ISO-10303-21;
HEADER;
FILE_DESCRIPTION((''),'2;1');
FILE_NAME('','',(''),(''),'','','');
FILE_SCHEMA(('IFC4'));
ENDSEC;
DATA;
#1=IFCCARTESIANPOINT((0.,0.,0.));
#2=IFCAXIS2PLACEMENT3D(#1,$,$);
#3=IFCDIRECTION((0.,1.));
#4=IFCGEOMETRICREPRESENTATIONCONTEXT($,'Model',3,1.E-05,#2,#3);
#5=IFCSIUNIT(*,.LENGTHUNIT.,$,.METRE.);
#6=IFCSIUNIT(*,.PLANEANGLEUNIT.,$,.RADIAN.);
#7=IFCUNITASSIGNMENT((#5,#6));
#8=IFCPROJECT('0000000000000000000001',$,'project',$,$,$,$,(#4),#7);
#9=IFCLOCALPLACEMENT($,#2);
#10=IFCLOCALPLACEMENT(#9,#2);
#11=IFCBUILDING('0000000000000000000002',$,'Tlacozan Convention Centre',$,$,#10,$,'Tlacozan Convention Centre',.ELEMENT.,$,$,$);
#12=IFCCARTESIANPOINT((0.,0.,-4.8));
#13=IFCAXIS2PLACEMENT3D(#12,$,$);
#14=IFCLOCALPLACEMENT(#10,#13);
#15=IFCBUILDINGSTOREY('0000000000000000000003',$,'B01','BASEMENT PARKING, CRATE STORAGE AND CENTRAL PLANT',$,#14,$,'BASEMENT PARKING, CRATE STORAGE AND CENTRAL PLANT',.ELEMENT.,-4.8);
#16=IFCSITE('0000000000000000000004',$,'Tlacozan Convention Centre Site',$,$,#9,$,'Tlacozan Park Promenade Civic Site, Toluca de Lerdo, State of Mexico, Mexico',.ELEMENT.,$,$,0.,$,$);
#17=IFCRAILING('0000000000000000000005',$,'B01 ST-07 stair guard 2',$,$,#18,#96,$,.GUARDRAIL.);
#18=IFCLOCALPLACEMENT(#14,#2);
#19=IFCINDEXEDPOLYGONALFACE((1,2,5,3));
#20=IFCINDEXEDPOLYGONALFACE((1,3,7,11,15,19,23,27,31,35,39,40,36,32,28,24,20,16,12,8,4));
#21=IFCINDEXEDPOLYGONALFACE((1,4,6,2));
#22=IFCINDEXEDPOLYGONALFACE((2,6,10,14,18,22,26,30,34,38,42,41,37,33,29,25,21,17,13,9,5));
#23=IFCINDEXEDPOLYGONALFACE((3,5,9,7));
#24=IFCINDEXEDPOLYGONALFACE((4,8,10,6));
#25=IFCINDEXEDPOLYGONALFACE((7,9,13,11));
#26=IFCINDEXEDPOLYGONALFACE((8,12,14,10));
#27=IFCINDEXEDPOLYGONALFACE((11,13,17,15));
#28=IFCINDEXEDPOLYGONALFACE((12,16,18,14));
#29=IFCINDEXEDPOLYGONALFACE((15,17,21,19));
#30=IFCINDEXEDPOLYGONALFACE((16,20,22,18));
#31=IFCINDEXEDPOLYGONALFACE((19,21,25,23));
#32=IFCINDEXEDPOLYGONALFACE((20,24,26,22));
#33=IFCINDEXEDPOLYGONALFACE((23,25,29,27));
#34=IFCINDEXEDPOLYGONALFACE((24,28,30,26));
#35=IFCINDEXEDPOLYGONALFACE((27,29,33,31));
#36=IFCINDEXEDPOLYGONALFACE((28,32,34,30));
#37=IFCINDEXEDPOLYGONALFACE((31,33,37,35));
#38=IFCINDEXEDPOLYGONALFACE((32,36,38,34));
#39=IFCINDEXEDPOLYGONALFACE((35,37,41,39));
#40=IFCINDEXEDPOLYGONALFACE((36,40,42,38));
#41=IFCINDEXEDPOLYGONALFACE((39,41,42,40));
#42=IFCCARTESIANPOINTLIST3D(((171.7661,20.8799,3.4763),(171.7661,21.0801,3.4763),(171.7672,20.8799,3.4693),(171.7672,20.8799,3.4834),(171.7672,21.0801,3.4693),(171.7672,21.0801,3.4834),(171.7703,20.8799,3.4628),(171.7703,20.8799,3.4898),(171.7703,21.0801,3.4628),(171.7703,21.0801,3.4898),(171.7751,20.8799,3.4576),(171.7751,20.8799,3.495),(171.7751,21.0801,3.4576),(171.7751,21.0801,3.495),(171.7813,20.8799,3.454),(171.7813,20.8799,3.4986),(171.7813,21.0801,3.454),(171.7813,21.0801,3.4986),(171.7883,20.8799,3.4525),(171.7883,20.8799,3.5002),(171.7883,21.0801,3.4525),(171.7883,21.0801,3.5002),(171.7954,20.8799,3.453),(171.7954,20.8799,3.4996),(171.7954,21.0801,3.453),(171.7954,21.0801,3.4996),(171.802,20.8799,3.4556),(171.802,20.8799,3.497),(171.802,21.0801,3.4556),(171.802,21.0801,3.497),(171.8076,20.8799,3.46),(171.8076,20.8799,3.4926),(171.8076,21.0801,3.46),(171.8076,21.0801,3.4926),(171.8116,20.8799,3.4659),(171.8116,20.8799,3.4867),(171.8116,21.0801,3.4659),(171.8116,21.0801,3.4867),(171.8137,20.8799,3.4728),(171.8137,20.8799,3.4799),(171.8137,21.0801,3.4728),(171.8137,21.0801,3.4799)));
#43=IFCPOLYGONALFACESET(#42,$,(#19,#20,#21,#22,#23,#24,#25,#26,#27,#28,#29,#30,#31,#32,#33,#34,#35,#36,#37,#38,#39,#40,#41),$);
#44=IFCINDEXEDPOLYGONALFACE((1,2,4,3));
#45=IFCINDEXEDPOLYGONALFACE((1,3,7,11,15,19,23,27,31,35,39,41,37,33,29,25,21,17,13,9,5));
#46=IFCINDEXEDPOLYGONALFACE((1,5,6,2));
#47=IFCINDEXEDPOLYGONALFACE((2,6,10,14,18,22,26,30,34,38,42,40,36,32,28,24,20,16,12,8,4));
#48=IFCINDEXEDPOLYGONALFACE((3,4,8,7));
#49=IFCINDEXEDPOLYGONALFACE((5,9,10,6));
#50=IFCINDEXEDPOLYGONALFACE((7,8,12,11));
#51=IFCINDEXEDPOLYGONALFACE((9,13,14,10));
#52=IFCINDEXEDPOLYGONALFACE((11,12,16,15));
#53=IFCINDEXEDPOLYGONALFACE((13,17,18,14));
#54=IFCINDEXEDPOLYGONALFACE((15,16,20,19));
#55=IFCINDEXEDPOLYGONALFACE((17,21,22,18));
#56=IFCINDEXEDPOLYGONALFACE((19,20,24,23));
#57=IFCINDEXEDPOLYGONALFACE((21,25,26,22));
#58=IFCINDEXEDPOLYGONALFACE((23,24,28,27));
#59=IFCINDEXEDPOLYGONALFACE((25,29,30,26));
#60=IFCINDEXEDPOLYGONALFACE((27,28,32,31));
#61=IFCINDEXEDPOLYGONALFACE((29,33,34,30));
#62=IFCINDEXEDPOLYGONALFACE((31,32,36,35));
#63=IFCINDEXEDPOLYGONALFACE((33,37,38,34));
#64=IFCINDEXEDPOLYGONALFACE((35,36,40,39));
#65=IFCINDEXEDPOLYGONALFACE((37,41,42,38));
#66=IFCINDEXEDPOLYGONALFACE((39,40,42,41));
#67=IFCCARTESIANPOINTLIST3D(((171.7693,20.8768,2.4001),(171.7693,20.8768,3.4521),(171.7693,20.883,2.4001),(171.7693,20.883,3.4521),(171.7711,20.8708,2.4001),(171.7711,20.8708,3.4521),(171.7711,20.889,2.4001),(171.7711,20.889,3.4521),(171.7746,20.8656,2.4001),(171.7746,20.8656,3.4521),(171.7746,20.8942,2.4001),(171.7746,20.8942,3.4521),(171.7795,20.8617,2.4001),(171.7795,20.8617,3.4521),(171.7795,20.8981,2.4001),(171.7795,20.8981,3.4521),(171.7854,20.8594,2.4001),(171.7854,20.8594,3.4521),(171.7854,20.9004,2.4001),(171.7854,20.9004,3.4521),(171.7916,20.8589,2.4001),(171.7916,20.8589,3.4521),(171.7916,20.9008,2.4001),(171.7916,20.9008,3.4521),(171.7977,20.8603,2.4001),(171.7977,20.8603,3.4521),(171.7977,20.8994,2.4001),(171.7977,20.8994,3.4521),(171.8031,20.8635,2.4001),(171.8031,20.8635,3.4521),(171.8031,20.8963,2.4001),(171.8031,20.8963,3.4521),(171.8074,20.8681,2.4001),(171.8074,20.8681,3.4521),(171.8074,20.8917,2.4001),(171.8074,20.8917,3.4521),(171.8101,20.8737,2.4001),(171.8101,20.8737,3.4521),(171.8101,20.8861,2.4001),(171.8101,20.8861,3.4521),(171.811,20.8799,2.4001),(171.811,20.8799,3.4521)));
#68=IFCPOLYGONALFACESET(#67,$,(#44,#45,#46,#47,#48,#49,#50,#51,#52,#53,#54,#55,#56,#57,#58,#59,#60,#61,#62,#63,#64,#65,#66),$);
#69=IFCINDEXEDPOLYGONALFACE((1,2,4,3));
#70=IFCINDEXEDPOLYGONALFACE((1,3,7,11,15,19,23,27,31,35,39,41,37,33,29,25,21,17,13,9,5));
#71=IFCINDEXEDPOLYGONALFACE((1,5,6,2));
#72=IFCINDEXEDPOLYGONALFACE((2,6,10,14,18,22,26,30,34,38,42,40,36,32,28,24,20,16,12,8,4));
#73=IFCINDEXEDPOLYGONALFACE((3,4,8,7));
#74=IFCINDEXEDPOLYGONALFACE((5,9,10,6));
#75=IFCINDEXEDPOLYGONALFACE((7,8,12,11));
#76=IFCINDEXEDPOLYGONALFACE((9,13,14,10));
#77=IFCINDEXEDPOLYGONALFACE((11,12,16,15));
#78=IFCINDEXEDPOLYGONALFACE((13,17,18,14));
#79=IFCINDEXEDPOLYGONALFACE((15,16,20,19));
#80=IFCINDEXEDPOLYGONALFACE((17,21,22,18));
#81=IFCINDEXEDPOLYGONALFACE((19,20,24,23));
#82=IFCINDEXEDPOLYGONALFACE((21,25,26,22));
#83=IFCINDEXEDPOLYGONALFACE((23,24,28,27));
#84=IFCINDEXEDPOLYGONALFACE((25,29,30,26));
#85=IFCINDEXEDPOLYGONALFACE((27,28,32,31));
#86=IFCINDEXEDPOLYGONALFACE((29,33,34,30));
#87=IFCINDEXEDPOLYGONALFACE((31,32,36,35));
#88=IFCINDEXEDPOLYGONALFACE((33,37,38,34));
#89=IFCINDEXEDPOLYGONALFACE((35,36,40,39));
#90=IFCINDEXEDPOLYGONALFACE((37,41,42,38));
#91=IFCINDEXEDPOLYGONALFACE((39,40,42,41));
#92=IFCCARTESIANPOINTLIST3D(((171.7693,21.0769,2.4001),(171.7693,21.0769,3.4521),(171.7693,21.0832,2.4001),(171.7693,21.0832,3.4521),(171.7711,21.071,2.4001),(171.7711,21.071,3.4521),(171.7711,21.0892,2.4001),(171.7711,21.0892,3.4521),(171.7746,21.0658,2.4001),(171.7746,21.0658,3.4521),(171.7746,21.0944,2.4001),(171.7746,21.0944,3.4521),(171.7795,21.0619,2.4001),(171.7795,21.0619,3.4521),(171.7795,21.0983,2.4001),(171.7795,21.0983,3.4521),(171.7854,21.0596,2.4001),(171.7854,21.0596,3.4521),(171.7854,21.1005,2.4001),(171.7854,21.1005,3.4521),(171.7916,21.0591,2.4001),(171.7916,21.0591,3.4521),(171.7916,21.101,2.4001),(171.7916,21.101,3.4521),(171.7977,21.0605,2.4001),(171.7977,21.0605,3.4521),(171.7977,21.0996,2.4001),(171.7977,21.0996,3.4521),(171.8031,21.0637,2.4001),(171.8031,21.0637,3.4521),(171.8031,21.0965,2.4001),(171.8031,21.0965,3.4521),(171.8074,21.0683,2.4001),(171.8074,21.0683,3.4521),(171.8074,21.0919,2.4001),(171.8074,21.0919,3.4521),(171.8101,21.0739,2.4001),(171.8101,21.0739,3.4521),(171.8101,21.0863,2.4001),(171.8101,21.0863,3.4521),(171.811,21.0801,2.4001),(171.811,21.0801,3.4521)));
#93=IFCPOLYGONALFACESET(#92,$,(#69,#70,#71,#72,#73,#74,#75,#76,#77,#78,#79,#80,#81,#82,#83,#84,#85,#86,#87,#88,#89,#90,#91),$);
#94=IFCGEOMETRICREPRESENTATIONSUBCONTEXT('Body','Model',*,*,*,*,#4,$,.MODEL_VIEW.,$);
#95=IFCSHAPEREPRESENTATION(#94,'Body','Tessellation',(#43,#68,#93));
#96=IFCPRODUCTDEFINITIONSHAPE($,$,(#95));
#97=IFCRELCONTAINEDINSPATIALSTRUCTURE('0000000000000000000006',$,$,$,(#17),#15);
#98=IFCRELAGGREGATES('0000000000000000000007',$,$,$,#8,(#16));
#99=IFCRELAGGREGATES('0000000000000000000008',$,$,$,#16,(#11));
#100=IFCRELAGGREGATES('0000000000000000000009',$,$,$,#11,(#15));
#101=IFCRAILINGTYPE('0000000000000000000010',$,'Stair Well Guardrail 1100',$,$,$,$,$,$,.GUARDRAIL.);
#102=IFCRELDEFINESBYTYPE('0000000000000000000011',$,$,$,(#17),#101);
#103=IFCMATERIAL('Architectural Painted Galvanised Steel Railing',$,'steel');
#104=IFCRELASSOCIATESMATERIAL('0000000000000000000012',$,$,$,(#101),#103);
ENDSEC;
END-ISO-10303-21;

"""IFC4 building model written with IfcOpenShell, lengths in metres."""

from ifc_helpers import new_model, si_unit, direction, frame, origin, origin_2d, place, context, subcontext, project, spatial, circle, extrude, material, type_object, element, save


model = new_model("IFC4")

# Units and contexts
model_context = context("Model", 3, precision=1e-05, world=origin(), true_north=direction((0.0, 1.0)))
body_context = subcontext(model_context, "Body", "Model", "MODEL_VIEW")
ifc_project = project(units=[si_unit("LENGTHUNIT", "METRE"), si_unit("PLANEANGLEUNIT", "RADIAN")], contexts=[model_context])

# Site, building, storey
site_placement = place(None, origin())
site = spatial("IfcSite", under=ifc_project, at=site_placement, Name="Tlacozan Convention Centre Site", LongName="Tlacozan Park Promenade Civic Site, Toluca de Lerdo, State of Mexico, Mexico", CompositionType="ELEMENT", RefElevation=0.0)
building_placement = place(site_placement, origin())
building = spatial("IfcBuilding", under=site, at=building_placement, Name="Tlacozan Convention Centre", LongName="Tlacozan Convention Centre", CompositionType="ELEMENT")
storey_placement = place(building_placement, frame((0.0, 0.0, -4.8)))
storey = spatial("IfcBuildingStorey", under=building, at=storey_placement, Name="B01", Description="BASEMENT PARKING, CRATE STORAGE AND CENTRAL PLANT", LongName="BASEMENT PARKING, CRATE STORAGE AND CENTRAL PLANT", CompositionType="ELEMENT", Elevation=-4.8)

# Railing
ifc_material_1 = material(Name="Architectural Painted Galvanised Steel Railing", Category="steel")
railing_type_1 = type_object("IfcRailingType", Name="Stair Well Guardrail 1100", PredefinedType="GUARDRAIL", material=ifc_material_1)
railing_1_placement = place(storey_placement, frame((171.79, 20.8799, 2.4001)))
element("IfcRailing", 1, at=railing_1_placement, inside=storey, type_object=railing_type_1, Name="B01 ST-07 stair guard 2", PredefinedType="GUARDRAIL", context=body_context, shape_type="SweptSolid", body=[
    extrude(circle(Radius=0.0239, at=origin_2d()), frame((0.0, 0.0, 1.0762), z_axis=(0.0, 1.0, 0.0), x_axis=(-1.0, 0.0, 0.0)), (0.0, 0.0, 1.0), 0.2002),
    extrude(circle(Radius=0.021, at=origin_2d()), origin(), (0.0, 0.0, 1.0), 1.052),
    extrude(circle(Radius=0.021, at=origin_2d()), frame((0.0, 0.2002, 0.0)), (0.0, 0.0, 1.0), 1.052),
])

save(model, "model.ifc")
